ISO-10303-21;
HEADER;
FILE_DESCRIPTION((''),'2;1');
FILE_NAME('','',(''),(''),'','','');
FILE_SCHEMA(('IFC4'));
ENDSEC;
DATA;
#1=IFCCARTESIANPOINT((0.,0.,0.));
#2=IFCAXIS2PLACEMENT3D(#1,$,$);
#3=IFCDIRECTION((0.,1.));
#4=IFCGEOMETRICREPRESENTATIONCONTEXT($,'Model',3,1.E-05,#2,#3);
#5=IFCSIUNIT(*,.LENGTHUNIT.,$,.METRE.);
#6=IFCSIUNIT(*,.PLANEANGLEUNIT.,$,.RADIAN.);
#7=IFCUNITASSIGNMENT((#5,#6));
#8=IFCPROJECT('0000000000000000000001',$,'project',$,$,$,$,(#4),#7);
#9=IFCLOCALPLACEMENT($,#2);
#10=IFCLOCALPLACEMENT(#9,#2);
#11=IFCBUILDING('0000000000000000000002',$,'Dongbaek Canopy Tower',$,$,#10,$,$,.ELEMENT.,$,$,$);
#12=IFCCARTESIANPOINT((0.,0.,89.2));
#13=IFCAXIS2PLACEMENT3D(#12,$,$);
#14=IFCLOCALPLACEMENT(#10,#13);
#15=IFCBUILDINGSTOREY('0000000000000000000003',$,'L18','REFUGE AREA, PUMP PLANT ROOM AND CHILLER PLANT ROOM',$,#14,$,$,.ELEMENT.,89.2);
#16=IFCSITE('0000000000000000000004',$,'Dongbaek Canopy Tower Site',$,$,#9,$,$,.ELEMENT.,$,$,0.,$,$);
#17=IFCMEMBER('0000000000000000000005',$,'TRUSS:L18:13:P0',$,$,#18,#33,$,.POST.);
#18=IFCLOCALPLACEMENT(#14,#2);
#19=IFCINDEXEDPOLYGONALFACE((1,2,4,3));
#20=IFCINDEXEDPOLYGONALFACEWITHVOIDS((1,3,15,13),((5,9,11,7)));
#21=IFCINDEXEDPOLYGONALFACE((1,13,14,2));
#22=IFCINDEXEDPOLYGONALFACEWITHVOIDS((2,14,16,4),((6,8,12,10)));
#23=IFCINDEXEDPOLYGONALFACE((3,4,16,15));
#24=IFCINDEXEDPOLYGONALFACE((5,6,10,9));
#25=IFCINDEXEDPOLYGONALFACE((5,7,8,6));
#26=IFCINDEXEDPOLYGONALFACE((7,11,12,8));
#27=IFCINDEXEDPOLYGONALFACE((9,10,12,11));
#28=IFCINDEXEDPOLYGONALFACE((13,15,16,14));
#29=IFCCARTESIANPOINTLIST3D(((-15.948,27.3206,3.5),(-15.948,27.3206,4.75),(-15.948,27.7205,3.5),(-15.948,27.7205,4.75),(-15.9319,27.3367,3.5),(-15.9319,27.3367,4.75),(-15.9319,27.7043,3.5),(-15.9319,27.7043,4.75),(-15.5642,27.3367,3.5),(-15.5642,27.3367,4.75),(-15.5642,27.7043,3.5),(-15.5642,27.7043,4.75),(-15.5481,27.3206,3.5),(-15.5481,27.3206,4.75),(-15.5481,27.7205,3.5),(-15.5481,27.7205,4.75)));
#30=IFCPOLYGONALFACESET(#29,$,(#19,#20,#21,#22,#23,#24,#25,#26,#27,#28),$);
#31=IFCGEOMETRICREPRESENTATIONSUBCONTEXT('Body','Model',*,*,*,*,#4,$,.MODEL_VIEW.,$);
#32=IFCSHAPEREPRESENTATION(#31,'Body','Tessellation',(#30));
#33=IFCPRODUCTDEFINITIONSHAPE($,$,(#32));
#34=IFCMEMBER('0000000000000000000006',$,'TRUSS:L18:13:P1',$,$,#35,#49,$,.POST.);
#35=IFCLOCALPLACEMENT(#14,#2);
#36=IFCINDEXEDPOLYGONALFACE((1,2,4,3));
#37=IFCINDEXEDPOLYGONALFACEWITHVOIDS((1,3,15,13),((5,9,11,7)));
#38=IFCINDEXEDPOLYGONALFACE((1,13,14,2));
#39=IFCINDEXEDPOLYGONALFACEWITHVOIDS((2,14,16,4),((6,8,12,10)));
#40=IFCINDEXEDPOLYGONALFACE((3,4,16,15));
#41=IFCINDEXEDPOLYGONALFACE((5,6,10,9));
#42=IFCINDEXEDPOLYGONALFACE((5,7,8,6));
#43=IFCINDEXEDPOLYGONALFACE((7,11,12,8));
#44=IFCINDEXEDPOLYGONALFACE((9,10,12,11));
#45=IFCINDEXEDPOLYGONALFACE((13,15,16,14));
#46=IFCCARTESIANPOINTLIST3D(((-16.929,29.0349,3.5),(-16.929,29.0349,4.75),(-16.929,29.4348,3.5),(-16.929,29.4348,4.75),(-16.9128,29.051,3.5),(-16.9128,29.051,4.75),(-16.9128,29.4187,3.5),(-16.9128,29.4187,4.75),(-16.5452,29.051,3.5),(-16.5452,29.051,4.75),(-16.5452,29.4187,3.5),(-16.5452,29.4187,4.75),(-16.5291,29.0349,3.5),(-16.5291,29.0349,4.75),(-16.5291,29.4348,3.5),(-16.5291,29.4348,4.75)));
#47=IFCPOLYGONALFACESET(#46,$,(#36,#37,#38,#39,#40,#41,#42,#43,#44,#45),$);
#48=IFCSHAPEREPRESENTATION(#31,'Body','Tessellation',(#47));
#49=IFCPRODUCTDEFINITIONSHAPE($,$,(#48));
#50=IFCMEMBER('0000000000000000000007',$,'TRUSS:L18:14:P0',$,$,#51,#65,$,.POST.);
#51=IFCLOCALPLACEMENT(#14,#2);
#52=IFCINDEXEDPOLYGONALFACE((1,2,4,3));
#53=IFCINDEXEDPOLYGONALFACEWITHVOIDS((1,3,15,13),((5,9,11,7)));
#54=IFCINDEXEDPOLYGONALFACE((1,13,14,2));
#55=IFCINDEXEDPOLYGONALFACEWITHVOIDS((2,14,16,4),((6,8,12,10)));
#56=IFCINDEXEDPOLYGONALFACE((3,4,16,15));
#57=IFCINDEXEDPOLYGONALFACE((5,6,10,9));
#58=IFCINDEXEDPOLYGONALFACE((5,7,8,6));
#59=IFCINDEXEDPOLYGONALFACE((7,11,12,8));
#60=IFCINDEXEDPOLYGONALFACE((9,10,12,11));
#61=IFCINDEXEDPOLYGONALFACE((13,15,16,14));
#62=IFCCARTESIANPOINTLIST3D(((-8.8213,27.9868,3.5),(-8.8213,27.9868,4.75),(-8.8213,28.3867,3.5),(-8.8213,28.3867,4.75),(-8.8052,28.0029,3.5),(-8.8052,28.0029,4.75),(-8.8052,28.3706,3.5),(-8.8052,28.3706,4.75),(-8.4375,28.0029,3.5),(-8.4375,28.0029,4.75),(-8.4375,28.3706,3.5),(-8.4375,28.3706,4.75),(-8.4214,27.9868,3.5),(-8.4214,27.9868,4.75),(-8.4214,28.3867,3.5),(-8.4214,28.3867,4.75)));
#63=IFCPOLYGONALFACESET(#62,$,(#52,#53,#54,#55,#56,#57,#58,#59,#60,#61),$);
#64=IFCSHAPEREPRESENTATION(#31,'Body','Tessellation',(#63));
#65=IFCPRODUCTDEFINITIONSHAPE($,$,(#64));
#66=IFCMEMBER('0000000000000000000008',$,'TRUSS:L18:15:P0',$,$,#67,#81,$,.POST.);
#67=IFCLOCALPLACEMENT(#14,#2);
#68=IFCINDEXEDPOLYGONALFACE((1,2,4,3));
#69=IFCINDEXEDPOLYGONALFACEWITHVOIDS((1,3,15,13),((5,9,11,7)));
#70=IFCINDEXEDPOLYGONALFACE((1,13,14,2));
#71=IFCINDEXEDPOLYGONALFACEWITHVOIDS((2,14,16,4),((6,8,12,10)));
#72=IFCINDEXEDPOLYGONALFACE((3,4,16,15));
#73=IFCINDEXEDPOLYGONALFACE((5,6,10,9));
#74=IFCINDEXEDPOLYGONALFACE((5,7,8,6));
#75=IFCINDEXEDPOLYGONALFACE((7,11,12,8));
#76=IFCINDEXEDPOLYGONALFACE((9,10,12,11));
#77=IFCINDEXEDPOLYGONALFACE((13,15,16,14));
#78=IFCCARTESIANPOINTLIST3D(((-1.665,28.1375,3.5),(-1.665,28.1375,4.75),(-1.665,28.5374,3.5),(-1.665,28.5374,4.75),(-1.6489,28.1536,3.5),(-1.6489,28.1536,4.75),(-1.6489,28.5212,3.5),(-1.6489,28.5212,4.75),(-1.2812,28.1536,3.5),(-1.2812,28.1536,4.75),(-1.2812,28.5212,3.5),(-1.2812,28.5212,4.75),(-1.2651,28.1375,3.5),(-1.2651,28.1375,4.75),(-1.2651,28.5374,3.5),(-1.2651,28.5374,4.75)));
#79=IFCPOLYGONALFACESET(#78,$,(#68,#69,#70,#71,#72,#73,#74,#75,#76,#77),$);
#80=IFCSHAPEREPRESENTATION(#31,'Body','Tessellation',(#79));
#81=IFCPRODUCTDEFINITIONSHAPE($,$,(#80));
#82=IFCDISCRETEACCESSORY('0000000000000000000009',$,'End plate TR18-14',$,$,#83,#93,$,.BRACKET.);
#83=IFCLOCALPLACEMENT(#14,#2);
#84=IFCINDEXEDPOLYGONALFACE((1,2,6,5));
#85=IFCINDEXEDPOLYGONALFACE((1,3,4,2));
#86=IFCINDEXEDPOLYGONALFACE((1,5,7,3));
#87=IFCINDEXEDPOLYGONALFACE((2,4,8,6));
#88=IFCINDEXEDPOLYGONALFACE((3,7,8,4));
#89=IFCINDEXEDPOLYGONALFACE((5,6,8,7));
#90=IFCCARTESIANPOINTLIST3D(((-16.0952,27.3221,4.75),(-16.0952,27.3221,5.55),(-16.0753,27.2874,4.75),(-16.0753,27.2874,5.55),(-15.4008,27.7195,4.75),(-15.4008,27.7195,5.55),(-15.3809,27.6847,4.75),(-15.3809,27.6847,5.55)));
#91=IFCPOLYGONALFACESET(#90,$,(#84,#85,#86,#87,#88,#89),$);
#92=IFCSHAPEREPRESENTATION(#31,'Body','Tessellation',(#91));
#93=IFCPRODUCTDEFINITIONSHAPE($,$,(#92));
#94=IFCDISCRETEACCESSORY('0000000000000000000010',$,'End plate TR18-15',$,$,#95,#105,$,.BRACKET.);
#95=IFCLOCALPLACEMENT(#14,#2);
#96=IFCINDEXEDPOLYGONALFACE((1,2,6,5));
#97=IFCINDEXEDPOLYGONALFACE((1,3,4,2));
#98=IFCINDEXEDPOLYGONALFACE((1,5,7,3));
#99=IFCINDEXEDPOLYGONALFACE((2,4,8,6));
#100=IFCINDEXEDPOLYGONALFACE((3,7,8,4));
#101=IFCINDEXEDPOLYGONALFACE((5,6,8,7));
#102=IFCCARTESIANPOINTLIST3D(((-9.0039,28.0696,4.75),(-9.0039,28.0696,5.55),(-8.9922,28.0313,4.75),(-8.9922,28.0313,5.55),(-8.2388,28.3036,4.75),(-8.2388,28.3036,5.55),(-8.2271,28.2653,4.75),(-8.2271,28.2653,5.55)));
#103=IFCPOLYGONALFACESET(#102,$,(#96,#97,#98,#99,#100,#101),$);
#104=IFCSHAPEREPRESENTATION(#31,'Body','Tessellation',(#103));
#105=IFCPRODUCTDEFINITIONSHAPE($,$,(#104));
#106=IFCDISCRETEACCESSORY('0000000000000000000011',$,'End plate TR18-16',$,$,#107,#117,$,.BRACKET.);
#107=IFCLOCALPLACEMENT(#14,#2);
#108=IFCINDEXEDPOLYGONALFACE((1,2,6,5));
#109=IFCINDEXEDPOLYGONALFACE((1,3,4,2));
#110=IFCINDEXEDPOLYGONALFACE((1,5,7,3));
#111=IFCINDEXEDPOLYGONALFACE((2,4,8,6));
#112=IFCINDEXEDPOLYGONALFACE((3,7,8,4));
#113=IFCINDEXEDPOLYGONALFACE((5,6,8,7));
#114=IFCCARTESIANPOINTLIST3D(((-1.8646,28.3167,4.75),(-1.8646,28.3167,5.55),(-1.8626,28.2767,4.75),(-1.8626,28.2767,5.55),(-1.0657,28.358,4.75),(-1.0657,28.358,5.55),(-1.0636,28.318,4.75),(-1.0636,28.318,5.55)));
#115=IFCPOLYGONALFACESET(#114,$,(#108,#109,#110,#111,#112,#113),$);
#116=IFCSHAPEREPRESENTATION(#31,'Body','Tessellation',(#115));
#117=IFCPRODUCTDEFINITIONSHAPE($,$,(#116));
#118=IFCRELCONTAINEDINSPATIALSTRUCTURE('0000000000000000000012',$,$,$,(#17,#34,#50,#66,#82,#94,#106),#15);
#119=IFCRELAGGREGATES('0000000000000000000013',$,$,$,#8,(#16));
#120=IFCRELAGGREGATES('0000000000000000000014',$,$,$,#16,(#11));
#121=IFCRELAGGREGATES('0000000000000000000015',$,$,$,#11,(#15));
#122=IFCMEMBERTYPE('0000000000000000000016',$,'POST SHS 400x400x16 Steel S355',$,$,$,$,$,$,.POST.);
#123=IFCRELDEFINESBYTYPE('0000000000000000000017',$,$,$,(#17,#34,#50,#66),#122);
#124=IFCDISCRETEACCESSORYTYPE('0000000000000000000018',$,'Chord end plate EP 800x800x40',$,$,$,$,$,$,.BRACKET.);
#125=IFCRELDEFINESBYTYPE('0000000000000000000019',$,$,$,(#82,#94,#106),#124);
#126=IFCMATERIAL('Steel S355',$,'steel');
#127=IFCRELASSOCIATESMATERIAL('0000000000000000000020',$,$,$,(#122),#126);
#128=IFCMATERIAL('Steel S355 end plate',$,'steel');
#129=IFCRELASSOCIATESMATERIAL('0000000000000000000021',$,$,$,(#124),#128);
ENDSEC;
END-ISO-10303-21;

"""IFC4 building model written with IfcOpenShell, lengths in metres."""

from ifc_helpers import new_model, si_unit, direction, frame, origin, origin_2d, place, context, subcontext, project, spatial, rectangle, hollow_rectangle, extrude, material, material_profile, profile_set, type_object, element, save


model = new_model("IFC4")

# Units and contexts
model_context = context("Model", 3, precision=1e-05, world=origin(), true_north=direction((0.0, 1.0)))
body_context = subcontext(model_context, "Body", "Model", "MODEL_VIEW")
ifc_project = project(units=[si_unit("LENGTHUNIT", "METRE"), si_unit("PLANEANGLEUNIT", "RADIAN")], contexts=[model_context])

# Site, building, storey
site_placement = place(None, origin())
site = spatial("IfcSite", under=ifc_project, at=site_placement, Name="Dongbaek Canopy Tower Site", CompositionType="ELEMENT", RefElevation=0.0)
building_placement = place(site_placement, origin())
building = spatial("IfcBuilding", under=site, at=building_placement, Name="Dongbaek Canopy Tower", CompositionType="ELEMENT")
storey_placement = place(building_placement, frame((0.0, 0.0, 89.2)))
storey = spatial("IfcBuildingStorey", under=building, at=storey_placement, Name="L18", Description="REFUGE AREA, PUMP PLANT ROOM AND CHILLER PLANT ROOM", CompositionType="ELEMENT", Elevation=89.2)

# Members
ifc_material_1 = material(Name="Steel S355", Category="steel")
ifc_material_profile_1 = material_profile(ifc_material_1, hollow_rectangle(XDim=0.3999, YDim=0.3999, WallThickness=0.0161, at=origin_2d()), Name="POST SHS 400x400x16 Steel S355")
ifc_profile_set_1 = profile_set([ifc_material_profile_1], Name="Steel S355")
member_type_1 = type_object("IfcMemberType", Name="POST SHS 400x400x16 Steel S355", PredefinedType="POST", material=ifc_profile_set_1)
for number, where, z_axis, x_axis, name in (
    (1, (-15.748, 27.5205, 3.5), (0.0, 0.0, 1.0), (1.0, 0.0, 0.0), "TRUSS:L18:13:P0"),
    (2, (-16.729, 29.2349, 3.5), (0.0, 0.0, 1.0), (1.0, 0.0, 0.0), "TRUSS:L18:13:P1"),
    (3, (-8.6213, 28.1868, 3.5), (0.0, 0.0, 1.0), (1.0, 0.0, 0.0), "TRUSS:L18:14:P0"),
    (4, (-1.4651, 28.3374, 3.5), (0.0, 0.0, 1.0), (1.0, 0.0, 0.0), "TRUSS:L18:15:P0"),
):
    element("IfcMember", number, at=place(storey_placement, frame(where, z_axis=z_axis, x_axis=x_axis)), inside=storey, type_object=member_type_1, Name=name, PredefinedType="POST", context=body_context, shape_type="SweptSolid", body=[
        extrude(hollow_rectangle(XDim=0.3999, YDim=0.3999, WallThickness=0.0161, at=origin_2d()), origin(), (0.0, 0.0, 1.0), 1.25),
    ])

# Discrete accessories
ifc_material_2 = material(Name="Steel S355 end plate", Category="steel")
discrete_accessory_type = type_object("IfcDiscreteAccessoryType", Name="Chord end plate EP 800x800x40", PredefinedType="BRACKET", material=ifc_material_2)
for number, where, z_axis, x_axis, name in (
    (5, (-15.738, 27.5034, 4.75), (0.0, 0.0, 1.0), (-0.49666, 0.867945, 0.0), "End plate TR18-14"),
    (6, (-8.6155, 28.1675, 4.75), (0.0, 0.0, 1.0), (-0.292487, 0.95627, 0.0), "End plate TR18-15"),
    (7, (-1.4641, 28.3174, 4.75), (0.0, 0.0, 1.0), (-0.051639, 0.998666, 0.0), "End plate TR18-16"),
):
    element("IfcDiscreteAccessory", number, at=place(storey_placement, frame(where, z_axis=z_axis, x_axis=x_axis)), inside=storey, type_object=discrete_accessory_type, Name=name, PredefinedType="BRACKET", context=body_context, shape_type="SweptSolid", body=[
        extrude(rectangle(XDim=0.04, YDim=0.8, at=origin_2d()), origin(), (0.0, 0.0, 1.0), 0.8),
    ])

save(model, "model.ifc")
